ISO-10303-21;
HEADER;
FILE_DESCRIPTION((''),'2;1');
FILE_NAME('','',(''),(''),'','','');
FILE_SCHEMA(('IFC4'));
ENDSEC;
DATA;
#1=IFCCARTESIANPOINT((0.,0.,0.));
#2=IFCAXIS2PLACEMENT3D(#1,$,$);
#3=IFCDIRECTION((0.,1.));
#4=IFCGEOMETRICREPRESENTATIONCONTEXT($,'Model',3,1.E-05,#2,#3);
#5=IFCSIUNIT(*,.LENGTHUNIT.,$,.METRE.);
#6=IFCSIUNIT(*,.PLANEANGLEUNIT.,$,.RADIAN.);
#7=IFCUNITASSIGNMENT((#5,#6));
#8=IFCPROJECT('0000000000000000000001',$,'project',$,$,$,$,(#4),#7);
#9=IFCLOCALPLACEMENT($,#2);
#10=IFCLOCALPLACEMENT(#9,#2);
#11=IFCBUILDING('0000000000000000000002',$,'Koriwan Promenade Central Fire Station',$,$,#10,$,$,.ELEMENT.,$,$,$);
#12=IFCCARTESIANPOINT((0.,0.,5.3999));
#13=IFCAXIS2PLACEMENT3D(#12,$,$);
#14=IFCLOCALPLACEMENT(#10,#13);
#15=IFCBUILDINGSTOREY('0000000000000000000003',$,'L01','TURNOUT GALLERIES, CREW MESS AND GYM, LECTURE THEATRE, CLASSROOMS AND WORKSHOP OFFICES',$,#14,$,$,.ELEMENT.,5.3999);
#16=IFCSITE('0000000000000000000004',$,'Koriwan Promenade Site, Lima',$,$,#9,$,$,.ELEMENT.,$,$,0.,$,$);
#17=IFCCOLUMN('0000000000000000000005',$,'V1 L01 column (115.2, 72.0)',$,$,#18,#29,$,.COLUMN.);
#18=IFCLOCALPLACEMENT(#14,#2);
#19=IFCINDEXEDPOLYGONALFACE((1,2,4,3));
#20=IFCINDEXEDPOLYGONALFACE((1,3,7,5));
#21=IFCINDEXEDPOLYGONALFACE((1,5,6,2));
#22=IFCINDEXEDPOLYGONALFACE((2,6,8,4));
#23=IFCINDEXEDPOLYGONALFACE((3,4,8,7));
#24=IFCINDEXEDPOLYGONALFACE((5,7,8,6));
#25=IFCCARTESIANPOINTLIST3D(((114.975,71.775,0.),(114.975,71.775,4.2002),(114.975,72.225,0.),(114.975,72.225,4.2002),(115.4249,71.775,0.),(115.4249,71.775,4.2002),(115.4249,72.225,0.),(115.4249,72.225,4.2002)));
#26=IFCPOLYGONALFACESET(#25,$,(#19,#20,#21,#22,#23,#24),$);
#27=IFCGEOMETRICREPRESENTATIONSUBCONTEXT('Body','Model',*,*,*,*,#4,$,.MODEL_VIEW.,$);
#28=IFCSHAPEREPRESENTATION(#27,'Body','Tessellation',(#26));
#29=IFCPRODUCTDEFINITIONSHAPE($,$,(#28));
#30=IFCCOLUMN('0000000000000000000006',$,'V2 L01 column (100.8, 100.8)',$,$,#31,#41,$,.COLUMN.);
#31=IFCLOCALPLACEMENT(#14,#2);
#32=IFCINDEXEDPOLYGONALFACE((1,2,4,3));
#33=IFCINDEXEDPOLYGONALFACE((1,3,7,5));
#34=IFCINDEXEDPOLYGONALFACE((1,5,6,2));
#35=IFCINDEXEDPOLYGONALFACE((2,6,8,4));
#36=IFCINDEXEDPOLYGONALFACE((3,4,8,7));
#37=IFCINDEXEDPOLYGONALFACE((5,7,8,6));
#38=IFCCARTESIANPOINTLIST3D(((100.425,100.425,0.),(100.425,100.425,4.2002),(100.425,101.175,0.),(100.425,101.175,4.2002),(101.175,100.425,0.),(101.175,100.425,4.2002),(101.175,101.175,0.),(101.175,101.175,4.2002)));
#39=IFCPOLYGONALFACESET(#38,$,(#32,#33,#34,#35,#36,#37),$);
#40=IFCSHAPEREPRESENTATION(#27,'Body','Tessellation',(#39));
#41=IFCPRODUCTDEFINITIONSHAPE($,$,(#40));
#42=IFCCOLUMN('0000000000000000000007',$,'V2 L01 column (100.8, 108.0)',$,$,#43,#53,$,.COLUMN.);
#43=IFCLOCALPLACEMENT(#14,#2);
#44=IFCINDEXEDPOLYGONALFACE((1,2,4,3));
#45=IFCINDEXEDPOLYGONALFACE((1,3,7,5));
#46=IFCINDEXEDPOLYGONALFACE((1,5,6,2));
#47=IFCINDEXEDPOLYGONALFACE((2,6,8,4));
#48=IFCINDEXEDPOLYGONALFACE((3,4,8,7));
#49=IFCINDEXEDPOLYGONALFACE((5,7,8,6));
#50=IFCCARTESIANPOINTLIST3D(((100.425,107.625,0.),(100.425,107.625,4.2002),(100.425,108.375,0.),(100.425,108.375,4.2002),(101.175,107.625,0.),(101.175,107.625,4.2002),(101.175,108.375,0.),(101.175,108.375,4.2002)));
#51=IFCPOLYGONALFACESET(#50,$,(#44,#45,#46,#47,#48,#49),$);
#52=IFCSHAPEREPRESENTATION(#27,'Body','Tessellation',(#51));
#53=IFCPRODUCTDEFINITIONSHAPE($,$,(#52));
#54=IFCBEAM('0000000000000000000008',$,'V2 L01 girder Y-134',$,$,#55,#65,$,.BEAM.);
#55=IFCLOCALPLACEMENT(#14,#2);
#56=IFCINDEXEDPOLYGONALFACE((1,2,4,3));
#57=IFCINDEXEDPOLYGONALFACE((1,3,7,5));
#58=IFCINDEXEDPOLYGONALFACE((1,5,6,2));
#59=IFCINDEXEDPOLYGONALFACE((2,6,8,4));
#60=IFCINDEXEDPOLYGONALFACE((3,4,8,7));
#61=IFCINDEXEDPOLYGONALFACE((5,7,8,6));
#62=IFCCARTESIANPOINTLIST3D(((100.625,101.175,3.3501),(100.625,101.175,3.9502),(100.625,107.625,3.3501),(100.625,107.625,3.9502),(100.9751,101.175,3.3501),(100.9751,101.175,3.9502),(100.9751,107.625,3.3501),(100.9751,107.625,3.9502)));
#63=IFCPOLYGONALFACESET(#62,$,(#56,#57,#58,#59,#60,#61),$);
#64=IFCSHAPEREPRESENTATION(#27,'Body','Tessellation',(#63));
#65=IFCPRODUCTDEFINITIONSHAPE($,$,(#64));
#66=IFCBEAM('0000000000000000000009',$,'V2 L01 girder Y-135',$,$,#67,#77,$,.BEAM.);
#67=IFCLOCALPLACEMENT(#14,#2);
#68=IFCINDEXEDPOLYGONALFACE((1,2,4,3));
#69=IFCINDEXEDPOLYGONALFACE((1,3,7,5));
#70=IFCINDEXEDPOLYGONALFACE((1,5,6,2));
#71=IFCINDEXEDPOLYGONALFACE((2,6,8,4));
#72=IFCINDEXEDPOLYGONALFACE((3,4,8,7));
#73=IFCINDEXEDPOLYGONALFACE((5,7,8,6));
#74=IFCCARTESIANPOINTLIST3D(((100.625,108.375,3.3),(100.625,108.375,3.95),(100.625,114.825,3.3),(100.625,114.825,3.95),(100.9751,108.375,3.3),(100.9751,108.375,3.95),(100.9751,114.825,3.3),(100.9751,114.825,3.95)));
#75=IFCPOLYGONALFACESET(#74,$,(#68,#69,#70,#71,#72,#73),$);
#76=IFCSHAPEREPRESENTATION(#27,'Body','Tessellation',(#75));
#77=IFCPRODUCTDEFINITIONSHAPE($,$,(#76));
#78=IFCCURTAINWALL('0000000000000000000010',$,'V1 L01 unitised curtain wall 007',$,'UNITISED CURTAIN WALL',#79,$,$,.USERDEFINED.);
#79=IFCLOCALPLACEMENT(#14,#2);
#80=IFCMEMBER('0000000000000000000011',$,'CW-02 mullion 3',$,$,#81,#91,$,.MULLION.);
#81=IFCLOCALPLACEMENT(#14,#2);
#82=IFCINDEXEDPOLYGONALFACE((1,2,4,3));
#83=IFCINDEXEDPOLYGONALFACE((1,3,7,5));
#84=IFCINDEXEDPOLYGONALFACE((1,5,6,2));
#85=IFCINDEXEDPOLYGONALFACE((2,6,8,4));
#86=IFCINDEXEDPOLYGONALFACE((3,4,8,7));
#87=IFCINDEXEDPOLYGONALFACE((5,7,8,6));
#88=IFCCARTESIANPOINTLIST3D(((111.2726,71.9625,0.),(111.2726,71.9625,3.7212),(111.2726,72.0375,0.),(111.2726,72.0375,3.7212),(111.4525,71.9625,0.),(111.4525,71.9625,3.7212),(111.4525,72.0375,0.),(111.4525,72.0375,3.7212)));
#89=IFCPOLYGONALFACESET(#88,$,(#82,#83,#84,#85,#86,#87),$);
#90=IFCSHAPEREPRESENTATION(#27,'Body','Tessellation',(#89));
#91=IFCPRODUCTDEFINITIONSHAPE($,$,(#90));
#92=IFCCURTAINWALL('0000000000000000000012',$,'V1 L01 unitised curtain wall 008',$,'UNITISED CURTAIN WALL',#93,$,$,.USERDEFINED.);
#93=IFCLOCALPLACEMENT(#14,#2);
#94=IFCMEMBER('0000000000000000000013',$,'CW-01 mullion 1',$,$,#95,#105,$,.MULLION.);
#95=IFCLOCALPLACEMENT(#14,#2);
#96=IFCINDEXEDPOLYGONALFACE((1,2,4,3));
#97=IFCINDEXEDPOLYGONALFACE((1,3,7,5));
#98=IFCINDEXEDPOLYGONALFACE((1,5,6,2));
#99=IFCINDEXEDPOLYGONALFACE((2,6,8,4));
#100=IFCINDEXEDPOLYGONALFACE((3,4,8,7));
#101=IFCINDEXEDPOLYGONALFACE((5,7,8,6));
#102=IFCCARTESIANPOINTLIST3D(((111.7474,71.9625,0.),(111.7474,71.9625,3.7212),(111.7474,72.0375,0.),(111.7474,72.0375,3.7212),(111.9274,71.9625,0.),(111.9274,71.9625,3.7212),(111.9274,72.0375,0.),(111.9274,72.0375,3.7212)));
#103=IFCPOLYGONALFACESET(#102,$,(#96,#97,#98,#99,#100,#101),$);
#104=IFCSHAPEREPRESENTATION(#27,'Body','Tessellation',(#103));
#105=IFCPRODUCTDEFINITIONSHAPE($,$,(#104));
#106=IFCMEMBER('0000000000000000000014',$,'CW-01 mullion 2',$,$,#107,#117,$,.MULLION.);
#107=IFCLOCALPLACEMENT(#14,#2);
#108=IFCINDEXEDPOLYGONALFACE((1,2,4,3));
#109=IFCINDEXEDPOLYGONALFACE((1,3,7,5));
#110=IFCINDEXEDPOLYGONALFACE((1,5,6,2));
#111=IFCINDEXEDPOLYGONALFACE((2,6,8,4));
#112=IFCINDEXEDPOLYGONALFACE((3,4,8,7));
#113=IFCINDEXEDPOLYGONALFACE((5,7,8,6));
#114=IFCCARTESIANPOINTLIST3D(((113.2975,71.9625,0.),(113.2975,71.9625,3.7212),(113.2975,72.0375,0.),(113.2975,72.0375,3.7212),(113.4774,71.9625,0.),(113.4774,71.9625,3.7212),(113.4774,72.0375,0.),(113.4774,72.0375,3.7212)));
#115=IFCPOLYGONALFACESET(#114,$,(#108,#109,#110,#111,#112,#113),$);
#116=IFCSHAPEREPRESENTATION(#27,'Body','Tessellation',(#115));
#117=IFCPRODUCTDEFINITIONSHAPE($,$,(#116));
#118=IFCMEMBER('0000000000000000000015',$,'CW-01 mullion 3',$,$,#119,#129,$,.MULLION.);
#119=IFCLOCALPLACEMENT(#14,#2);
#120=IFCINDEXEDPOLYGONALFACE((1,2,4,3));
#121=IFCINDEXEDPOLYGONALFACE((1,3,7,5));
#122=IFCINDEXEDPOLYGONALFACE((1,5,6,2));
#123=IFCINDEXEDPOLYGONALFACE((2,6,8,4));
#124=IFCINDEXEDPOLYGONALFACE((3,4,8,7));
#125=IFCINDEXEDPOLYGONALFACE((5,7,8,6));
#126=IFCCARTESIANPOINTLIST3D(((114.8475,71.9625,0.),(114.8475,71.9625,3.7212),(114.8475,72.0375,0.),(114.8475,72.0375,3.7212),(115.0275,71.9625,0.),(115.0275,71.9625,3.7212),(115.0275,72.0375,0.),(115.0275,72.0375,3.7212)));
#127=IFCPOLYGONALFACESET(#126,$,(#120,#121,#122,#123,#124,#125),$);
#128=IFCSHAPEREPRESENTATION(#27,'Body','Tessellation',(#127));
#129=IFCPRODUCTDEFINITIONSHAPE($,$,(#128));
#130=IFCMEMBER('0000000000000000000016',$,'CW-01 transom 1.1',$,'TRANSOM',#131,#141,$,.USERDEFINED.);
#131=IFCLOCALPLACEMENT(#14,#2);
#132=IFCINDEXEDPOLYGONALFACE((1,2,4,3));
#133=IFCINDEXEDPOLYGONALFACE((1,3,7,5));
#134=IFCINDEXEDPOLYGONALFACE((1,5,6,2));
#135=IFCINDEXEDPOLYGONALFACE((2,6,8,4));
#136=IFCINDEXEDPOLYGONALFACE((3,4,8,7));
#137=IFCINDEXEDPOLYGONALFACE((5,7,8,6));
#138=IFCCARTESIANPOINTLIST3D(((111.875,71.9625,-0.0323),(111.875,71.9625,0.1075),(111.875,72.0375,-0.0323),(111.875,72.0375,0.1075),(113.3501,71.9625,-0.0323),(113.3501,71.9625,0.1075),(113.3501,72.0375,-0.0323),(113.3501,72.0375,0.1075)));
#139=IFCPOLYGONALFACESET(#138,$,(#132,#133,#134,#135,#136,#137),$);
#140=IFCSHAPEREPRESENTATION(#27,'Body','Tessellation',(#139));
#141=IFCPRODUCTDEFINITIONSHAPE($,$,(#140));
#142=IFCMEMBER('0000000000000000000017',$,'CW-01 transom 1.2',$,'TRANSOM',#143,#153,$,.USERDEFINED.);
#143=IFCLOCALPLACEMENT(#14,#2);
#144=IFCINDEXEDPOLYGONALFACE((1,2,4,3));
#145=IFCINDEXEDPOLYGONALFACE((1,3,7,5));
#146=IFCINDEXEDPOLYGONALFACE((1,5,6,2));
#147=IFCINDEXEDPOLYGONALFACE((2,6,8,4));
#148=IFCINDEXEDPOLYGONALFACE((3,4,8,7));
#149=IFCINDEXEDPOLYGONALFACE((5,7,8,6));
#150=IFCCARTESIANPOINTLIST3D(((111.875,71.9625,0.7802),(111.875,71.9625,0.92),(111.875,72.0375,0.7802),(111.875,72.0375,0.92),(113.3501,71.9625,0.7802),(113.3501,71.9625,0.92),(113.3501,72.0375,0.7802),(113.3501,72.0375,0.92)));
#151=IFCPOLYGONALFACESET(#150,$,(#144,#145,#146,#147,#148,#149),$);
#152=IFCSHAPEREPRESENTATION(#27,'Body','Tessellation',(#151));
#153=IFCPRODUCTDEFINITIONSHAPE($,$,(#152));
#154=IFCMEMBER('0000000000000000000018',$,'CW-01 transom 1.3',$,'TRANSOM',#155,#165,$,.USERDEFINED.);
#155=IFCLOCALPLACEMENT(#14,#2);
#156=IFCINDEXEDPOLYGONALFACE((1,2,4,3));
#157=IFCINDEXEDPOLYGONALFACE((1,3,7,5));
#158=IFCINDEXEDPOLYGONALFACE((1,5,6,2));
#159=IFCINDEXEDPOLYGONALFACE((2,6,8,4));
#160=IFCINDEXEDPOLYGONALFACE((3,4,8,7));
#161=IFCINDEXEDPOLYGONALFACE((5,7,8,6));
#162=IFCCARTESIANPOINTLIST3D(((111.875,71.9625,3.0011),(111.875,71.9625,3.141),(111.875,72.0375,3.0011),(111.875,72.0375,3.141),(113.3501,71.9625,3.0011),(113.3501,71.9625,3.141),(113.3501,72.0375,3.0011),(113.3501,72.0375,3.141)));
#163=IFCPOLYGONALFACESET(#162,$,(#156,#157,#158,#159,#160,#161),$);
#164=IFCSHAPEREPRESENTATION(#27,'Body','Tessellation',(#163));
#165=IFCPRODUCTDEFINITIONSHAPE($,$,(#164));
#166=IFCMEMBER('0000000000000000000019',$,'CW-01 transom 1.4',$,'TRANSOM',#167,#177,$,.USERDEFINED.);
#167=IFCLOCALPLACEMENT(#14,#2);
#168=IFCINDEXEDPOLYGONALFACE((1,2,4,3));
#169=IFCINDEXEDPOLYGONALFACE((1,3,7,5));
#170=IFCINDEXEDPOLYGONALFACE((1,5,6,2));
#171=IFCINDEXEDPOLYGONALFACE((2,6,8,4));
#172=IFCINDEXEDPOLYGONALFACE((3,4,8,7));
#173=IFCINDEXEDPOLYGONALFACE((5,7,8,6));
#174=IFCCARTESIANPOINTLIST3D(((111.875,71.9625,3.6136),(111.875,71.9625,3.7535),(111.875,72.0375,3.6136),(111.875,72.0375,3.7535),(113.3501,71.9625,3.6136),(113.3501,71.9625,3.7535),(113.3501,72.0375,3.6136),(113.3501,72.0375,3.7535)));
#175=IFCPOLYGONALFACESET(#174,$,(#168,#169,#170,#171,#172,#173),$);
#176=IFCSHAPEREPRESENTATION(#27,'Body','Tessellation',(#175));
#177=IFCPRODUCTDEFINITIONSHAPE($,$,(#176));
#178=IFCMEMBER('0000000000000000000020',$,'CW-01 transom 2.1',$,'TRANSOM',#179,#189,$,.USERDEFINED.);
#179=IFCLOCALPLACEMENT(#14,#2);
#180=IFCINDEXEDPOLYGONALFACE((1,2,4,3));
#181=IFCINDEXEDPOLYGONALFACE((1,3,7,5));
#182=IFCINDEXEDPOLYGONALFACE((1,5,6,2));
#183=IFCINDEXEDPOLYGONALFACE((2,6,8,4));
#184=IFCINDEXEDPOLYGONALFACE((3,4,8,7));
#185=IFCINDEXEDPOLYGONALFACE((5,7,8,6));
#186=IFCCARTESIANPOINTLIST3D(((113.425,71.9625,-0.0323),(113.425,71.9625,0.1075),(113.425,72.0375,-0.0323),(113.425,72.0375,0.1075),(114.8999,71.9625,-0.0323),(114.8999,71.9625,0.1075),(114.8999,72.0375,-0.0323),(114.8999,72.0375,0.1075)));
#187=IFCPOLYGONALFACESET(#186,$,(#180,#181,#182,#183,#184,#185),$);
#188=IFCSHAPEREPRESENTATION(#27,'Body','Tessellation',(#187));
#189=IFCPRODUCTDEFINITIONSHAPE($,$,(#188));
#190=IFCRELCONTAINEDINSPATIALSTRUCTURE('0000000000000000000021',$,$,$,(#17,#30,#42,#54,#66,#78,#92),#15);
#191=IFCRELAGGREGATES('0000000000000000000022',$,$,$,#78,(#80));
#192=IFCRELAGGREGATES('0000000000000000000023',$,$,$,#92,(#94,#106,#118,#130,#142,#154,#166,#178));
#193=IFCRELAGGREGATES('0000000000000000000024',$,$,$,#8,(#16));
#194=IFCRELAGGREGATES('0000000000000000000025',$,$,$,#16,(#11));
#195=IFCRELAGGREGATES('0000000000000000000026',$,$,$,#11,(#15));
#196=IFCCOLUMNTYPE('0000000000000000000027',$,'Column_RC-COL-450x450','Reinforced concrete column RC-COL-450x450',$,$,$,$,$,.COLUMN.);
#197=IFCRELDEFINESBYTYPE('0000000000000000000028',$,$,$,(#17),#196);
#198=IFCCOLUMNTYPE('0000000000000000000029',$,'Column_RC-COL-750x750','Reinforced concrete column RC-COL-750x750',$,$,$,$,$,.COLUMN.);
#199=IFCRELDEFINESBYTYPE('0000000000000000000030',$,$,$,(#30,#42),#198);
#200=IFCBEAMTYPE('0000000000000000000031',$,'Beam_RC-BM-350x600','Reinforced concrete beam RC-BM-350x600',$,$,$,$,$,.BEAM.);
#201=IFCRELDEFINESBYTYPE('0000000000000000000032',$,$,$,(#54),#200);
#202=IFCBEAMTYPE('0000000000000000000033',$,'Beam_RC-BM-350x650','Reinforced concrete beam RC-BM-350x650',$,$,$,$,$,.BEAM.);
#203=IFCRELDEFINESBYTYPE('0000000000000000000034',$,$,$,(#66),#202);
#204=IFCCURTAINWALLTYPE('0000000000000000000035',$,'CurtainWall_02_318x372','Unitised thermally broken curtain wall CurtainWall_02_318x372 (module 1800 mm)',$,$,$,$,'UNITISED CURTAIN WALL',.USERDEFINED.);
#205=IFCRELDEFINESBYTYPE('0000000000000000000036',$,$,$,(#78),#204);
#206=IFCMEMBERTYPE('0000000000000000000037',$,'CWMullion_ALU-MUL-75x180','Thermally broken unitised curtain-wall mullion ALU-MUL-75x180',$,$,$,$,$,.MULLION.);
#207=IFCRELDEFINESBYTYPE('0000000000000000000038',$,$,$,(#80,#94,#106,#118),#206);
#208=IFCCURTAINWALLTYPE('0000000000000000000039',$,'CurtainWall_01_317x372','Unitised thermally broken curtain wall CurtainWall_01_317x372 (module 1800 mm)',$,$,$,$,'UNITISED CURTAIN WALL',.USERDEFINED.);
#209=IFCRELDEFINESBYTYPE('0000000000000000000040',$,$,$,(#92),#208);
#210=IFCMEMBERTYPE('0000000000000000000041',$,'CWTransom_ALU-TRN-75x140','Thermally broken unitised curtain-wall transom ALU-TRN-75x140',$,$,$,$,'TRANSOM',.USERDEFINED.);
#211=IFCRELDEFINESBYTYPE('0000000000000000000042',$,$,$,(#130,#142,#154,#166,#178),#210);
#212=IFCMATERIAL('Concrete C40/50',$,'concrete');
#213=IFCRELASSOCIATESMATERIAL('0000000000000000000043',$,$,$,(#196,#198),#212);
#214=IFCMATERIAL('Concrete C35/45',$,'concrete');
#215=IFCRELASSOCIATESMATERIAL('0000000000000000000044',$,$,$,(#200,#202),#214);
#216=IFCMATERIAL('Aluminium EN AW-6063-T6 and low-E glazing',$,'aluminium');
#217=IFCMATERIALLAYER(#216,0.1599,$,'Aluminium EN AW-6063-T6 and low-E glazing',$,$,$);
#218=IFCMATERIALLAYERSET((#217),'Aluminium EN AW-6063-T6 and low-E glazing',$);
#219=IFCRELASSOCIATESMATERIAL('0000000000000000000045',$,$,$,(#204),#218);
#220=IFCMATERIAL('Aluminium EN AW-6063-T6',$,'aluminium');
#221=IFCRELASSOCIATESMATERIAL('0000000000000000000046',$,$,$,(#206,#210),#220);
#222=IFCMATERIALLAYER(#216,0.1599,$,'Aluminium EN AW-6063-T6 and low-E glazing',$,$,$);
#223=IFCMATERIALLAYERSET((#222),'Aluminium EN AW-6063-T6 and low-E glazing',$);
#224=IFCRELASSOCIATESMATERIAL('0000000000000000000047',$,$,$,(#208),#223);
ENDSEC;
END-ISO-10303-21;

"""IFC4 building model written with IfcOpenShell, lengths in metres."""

from ifc_helpers import new_model, si_unit, direction, frame, origin, origin_2d, place, context, subcontext, project, spatial, rectangle, extrude, material, layer, layer_set, material_profile, profile_set, type_object, element, aggregate, save


model = new_model("IFC4")

# Units and contexts
model_context = context("Model", 3, precision=1e-05, world=origin(), true_north=direction((0.0, 1.0)))
body_context = subcontext(model_context, "Body", "Model", "MODEL_VIEW")
ifc_project = project(units=[si_unit("LENGTHUNIT", "METRE"), si_unit("PLANEANGLEUNIT", "RADIAN")], contexts=[model_context])

# Site, building, storey
site_placement = place(None, origin())
site = spatial("IfcSite", under=ifc_project, at=site_placement, Name="Koriwan Promenade Site, Lima", CompositionType="ELEMENT", RefElevation=0.0)
building_placement = place(site_placement, origin())
building = spatial("IfcBuilding", under=site, at=building_placement, Name="Koriwan Promenade Central Fire Station", CompositionType="ELEMENT")
storey_placement = place(building_placement, frame((0.0, 0.0, 5.3999)))
storey = spatial("IfcBuildingStorey", under=building, at=storey_placement, Name="L01", Description="TURNOUT GALLERIES, CREW MESS AND GYM, LECTURE THEATRE, CLASSROOMS AND WORKSHOP OFFICES", CompositionType="ELEMENT", Elevation=5.3999)

# Columns
ifc_material_1 = material(Name="Concrete C40/50", Category="concrete")
ifc_material_profile_1 = material_profile(ifc_material_1, rectangle(XDim=0.45, YDim=0.45, at=origin_2d()), Name="RC-COL-450x450")
ifc_profile_set_1 = profile_set([ifc_material_profile_1], Name="Concrete C40/50")
column_type_1 = type_object("IfcColumnType", Name="Column_RC-COL-450x450", Description="Reinforced concrete column RC-COL-450x450", PredefinedType="COLUMN", material=ifc_profile_set_1)
column_placement = place(storey_placement, frame((115.2, 72.0, 0.0), z_axis=(0.0, 0.0, 1.0), x_axis=(1.0, 0.0, 0.0)))
element("IfcColumn", 1, at=column_placement, inside=storey, type_object=column_type_1, Name="V1 L01 column (115.2, 72.0)", PredefinedType="COLUMN", context=body_context, shape_type="SweptSolid", body=[
    extrude(rectangle(XDim=0.45, YDim=0.45, at=origin_2d()), origin(), (0.0, 0.0, 1.0), 4.2002),
])
ifc_material_profile_2 = material_profile(ifc_material_1, rectangle(XDim=0.75, YDim=0.75, at=origin_2d()), Name="RC-COL-750x750")
ifc_profile_set_2 = profile_set([ifc_material_profile_2], Name="Concrete C40/50")
column_type_2 = type_object("IfcColumnType", Name="Column_RC-COL-750x750", Description="Reinforced concrete column RC-COL-750x750", PredefinedType="COLUMN", material=ifc_profile_set_2)
for number, where, z_axis, x_axis, name in (
    (2, (100.8, 100.8, 0.0), (0.0, 0.0, 1.0), (1.0, 0.0, 0.0), "V2 L01 column (100.8, 100.8)"),
    (3, (100.8, 108.0, 0.0), (0.0, 0.0, 1.0), (1.0, 0.0, 0.0), "V2 L01 column (100.8, 108.0)"),
):
    element("IfcColumn", number, at=place(storey_placement, frame(where, z_axis=z_axis, x_axis=x_axis)), inside=storey, type_object=column_type_2, Name=name, PredefinedType="COLUMN", context=body_context, shape_type="SweptSolid", body=[
        extrude(rectangle(XDim=0.75, YDim=0.75, at=origin_2d()), origin(), (0.0, 0.0, 1.0), 4.2002),
    ])

# Beams
ifc_material_2 = material(Name="Concrete C35/45", Category="concrete")
ifc_material_profile_3 = material_profile(ifc_material_2, rectangle(XDim=0.3501, YDim=0.6001, at=origin_2d()), Name="RC-BM-350x600")
ifc_profile_set_3 = profile_set([ifc_material_profile_3], Name="Concrete C35/45")
beam_type_1 = type_object("IfcBeamType", Name="Beam_RC-BM-350x600", Description="Reinforced concrete beam RC-BM-350x600", PredefinedType="BEAM", material=ifc_profile_set_3)
beam_1_placement = place(storey_placement, frame((100.8, 101.175, 3.6501), z_axis=(0.0, 1.0, 0.0), x_axis=(-1.0, 0.0, 0.0)))
element("IfcBeam", 4, at=beam_1_placement, inside=storey, type_object=beam_type_1, Name="V2 L01 girder Y-134", PredefinedType="BEAM", context=body_context, shape_type="SweptSolid", body=[
    extrude(rectangle(XDim=0.3501, YDim=0.6001, at=origin_2d()), origin(), (0.0, 0.0, 1.0), 6.45),
])
ifc_material_profile_4 = material_profile(ifc_material_2, rectangle(XDim=0.3501, YDim=0.6499, at=origin_2d()), Name="RC-BM-350x650")
ifc_profile_set_4 = profile_set([ifc_material_profile_4], Name="Concrete C35/45")
beam_type_2 = type_object("IfcBeamType", Name="Beam_RC-BM-350x650", Description="Reinforced concrete beam RC-BM-350x650", PredefinedType="BEAM", material=ifc_profile_set_4)
beam_2_placement = place(storey_placement, frame((100.8, 108.375, 3.625), z_axis=(0.0, 1.0, 0.0), x_axis=(-1.0, 0.0, 0.0)))
element("IfcBeam", 5, at=beam_2_placement, inside=storey, type_object=beam_type_2, Name="V2 L01 girder Y-135", PredefinedType="BEAM", context=body_context, shape_type="SweptSolid", body=[
    extrude(rectangle(XDim=0.3501, YDim=0.6499, at=origin_2d()), origin(), (0.0, 0.0, 1.0), 6.45),
])

# Curtain wall, member
ifc_material_3 = material(Name="Aluminium EN AW-6063-T6 and low-E glazing", Category="aluminium")
ifc_layer_1 = layer(ifc_material_3, 0.1599, Name="Aluminium EN AW-6063-T6 and low-E glazing")
ifc_layer_set_1 = layer_set([ifc_layer_1], Name="Aluminium EN AW-6063-T6 and low-E glazing")
curtain_wall_type_1 = type_object("IfcCurtainWallType", Name="CurtainWall_02_318x372", Description="Unitised thermally broken curtain wall CurtainWall_02_318x372 (module 1800 mm)", ElementType="UNITISED CURTAIN WALL", PredefinedType="USERDEFINED", material=ifc_layer_set_1)
curtain_wall_1_placement = place(storey_placement, origin())
curtain_wall_1 = element("IfcCurtainWall", 6, at=curtain_wall_1_placement, inside=storey, type_object=curtain_wall_type_1, Name="V1 L01 unitised curtain wall 007", ObjectType="UNITISED CURTAIN WALL", PredefinedType="USERDEFINED")
ifc_material_4 = material(Name="Aluminium EN AW-6063-T6", Category="aluminium")
ifc_material_profile_5 = material_profile(ifc_material_4, rectangle(XDim=0.075, YDim=0.1799, at=origin_2d()), Name="ALU-MUL-75x180")
ifc_profile_set_5 = profile_set([ifc_material_profile_5], Name="Aluminium EN AW-6063-T6")
member_type_1 = type_object("IfcMemberType", Name="CWMullion_ALU-MUL-75x180", Description="Thermally broken unitised curtain-wall mullion ALU-MUL-75x180", PredefinedType="MULLION", material=ifc_profile_set_5)
member_1_placement = place(storey_placement, frame((111.3625, 72.0, 0.0), z_axis=(0.0, 0.0, 1.0), x_axis=(0.0, 1.0, 0.0)))
member_1 = element("IfcMember", 7, at=member_1_placement, type_object=member_type_1, Name="CW-02 mullion 3", PredefinedType="MULLION", context=body_context, shape_type="SweptSolid", body=[
    extrude(rectangle(XDim=0.075, YDim=0.1799, at=origin_2d()), origin(), (0.0, 0.0, 1.0), 3.7212),
])

# Curtain wall, members
ifc_layer_2 = layer(ifc_material_3, 0.1599, Name="Aluminium EN AW-6063-T6 and low-E glazing")
ifc_layer_set_2 = layer_set([ifc_layer_2], Name="Aluminium EN AW-6063-T6 and low-E glazing")
curtain_wall_type_2 = type_object("IfcCurtainWallType", Name="CurtainWall_01_317x372", Description="Unitised thermally broken curtain wall CurtainWall_01_317x372 (module 1800 mm)", ElementType="UNITISED CURTAIN WALL", PredefinedType="USERDEFINED", material=ifc_layer_set_2)
curtain_wall_2_placement = place(storey_placement, origin())
curtain_wall_2 = element("IfcCurtainWall", 8, at=curtain_wall_2_placement, inside=storey, type_object=curtain_wall_type_2, Name="V1 L01 unitised curtain wall 008", ObjectType="UNITISED CURTAIN WALL", PredefinedType="USERDEFINED")
member_2_placement = place(storey_placement, frame((111.8374, 72.0, 0.0), z_axis=(0.0, 0.0, 1.0), x_axis=(0.0, 1.0, 0.0)))
member_2 = element("IfcMember", 9, at=member_2_placement, type_object=member_type_1, Name="CW-01 mullion 1", PredefinedType="MULLION", context=body_context, shape_type="SweptSolid", body=[
    extrude(rectangle(XDim=0.075, YDim=0.1799, at=origin_2d()), origin(), (0.0, 0.0, 1.0), 3.7212),
])
member_3_placement = place(storey_placement, frame((113.3875, 72.0, 0.0), z_axis=(0.0, 0.0, 1.0), x_axis=(0.0, 1.0, 0.0)))
member_3 = element("IfcMember", 10, at=member_3_placement, type_object=member_type_1, Name="CW-01 mullion 2", PredefinedType="MULLION", context=body_context, shape_type="SweptSolid", body=[
    extrude(rectangle(XDim=0.075, YDim=0.1799, at=origin_2d()), origin(), (0.0, 0.0, 1.0), 3.7212),
])
member_4_placement = place(storey_placement, frame((114.9375, 72.0, 0.0), z_axis=(0.0, 0.0, 1.0), x_axis=(0.0, 1.0, 0.0)))
member_4 = element("IfcMember", 11, at=member_4_placement, type_object=member_type_1, Name="CW-01 mullion 3", PredefinedType="MULLION", context=body_context, shape_type="SweptSolid", body=[
    extrude(rectangle(XDim=0.075, YDim=0.1799, at=origin_2d()), origin(), (0.0, 0.0, 1.0), 3.7212),
])
ifc_material_profile_6 = material_profile(ifc_material_4, rectangle(XDim=0.075, YDim=0.1399, at=origin_2d()), Name="ALU-TRN-75x140")
ifc_profile_set_6 = profile_set([ifc_material_profile_6], Name="Aluminium EN AW-6063-T6")
member_type_2 = type_object("IfcMemberType", Name="CWTransom_ALU-TRN-75x140", Description="Thermally broken unitised curtain-wall transom ALU-TRN-75x140", ElementType="TRANSOM", PredefinedType="USERDEFINED", material=ifc_profile_set_6)
member_5_placement = place(storey_placement, frame((111.875, 72.0, 0.0376), z_axis=(1.0, 0.0, 0.0), x_axis=(0.0, 1.0, 0.0)))
member_5 = element("IfcMember", 12, at=member_5_placement, type_object=member_type_2, Name="CW-01 transom 1.1", ObjectType="TRANSOM", PredefinedType="USERDEFINED", context=body_context, shape_type="SweptSolid", body=[
    extrude(rectangle(XDim=0.075, YDim=0.1399, at=origin_2d()), origin(), (0.0, 0.0, 1.0), 1.4751),
])
member_6_placement = place(storey_placement, frame((111.875, 72.0, 0.8501), z_axis=(1.0, 0.0, 0.0), x_axis=(0.0, 1.0, 0.0)))
member_6 = element("IfcMember", 13, at=member_6_placement, type_object=member_type_2, Name="CW-01 transom 1.2", ObjectType="TRANSOM", PredefinedType="USERDEFINED", context=body_context, shape_type="SweptSolid", body=[
    extrude(rectangle(XDim=0.075, YDim=0.1399, at=origin_2d()), origin(), (0.0, 0.0, 1.0), 1.4751),
])
member_7_placement = place(storey_placement, frame((111.875, 72.0, 3.071), z_axis=(1.0, 0.0, 0.0), x_axis=(0.0, 1.0, 0.0)))
member_7 = element("IfcMember", 14, at=member_7_placement, type_object=member_type_2, Name="CW-01 transom 1.3", ObjectType="TRANSOM", PredefinedType="USERDEFINED", context=body_context, shape_type="SweptSolid", body=[
    extrude(rectangle(XDim=0.075, YDim=0.1399, at=origin_2d()), origin(), (0.0, 0.0, 1.0), 1.4751),
])
member_8_placement = place(storey_placement, frame((111.875, 72.0, 3.6836), z_axis=(1.0, 0.0, 0.0), x_axis=(0.0, 1.0, 0.0)))
member_8 = element("IfcMember", 15, at=member_8_placement, type_object=member_type_2, Name="CW-01 transom 1.4", ObjectType="TRANSOM", PredefinedType="USERDEFINED", context=body_context, shape_type="SweptSolid", body=[
    extrude(rectangle(XDim=0.075, YDim=0.1399, at=origin_2d()), origin(), (0.0, 0.0, 1.0), 1.4751),
])
member_9_placement = place(storey_placement, frame((113.425, 72.0, 0.0376), z_axis=(1.0, 0.0, 0.0), x_axis=(0.0, 1.0, 0.0)))
member_9 = element("IfcMember", 16, at=member_9_placement, type_object=member_type_2, Name="CW-01 transom 2.1", ObjectType="TRANSOM", PredefinedType="USERDEFINED", context=body_context, shape_type="SweptSolid", body=[
    extrude(rectangle(XDim=0.075, YDim=0.1399, at=origin_2d()), origin(), (0.0, 0.0, 1.0), 1.4749),
])

aggregate(curtain_wall_1, [member_1])
aggregate(curtain_wall_2, [member_2, member_3, member_4, member_5, member_6, member_7, member_8, member_9])

save(model, "model.ifc")
